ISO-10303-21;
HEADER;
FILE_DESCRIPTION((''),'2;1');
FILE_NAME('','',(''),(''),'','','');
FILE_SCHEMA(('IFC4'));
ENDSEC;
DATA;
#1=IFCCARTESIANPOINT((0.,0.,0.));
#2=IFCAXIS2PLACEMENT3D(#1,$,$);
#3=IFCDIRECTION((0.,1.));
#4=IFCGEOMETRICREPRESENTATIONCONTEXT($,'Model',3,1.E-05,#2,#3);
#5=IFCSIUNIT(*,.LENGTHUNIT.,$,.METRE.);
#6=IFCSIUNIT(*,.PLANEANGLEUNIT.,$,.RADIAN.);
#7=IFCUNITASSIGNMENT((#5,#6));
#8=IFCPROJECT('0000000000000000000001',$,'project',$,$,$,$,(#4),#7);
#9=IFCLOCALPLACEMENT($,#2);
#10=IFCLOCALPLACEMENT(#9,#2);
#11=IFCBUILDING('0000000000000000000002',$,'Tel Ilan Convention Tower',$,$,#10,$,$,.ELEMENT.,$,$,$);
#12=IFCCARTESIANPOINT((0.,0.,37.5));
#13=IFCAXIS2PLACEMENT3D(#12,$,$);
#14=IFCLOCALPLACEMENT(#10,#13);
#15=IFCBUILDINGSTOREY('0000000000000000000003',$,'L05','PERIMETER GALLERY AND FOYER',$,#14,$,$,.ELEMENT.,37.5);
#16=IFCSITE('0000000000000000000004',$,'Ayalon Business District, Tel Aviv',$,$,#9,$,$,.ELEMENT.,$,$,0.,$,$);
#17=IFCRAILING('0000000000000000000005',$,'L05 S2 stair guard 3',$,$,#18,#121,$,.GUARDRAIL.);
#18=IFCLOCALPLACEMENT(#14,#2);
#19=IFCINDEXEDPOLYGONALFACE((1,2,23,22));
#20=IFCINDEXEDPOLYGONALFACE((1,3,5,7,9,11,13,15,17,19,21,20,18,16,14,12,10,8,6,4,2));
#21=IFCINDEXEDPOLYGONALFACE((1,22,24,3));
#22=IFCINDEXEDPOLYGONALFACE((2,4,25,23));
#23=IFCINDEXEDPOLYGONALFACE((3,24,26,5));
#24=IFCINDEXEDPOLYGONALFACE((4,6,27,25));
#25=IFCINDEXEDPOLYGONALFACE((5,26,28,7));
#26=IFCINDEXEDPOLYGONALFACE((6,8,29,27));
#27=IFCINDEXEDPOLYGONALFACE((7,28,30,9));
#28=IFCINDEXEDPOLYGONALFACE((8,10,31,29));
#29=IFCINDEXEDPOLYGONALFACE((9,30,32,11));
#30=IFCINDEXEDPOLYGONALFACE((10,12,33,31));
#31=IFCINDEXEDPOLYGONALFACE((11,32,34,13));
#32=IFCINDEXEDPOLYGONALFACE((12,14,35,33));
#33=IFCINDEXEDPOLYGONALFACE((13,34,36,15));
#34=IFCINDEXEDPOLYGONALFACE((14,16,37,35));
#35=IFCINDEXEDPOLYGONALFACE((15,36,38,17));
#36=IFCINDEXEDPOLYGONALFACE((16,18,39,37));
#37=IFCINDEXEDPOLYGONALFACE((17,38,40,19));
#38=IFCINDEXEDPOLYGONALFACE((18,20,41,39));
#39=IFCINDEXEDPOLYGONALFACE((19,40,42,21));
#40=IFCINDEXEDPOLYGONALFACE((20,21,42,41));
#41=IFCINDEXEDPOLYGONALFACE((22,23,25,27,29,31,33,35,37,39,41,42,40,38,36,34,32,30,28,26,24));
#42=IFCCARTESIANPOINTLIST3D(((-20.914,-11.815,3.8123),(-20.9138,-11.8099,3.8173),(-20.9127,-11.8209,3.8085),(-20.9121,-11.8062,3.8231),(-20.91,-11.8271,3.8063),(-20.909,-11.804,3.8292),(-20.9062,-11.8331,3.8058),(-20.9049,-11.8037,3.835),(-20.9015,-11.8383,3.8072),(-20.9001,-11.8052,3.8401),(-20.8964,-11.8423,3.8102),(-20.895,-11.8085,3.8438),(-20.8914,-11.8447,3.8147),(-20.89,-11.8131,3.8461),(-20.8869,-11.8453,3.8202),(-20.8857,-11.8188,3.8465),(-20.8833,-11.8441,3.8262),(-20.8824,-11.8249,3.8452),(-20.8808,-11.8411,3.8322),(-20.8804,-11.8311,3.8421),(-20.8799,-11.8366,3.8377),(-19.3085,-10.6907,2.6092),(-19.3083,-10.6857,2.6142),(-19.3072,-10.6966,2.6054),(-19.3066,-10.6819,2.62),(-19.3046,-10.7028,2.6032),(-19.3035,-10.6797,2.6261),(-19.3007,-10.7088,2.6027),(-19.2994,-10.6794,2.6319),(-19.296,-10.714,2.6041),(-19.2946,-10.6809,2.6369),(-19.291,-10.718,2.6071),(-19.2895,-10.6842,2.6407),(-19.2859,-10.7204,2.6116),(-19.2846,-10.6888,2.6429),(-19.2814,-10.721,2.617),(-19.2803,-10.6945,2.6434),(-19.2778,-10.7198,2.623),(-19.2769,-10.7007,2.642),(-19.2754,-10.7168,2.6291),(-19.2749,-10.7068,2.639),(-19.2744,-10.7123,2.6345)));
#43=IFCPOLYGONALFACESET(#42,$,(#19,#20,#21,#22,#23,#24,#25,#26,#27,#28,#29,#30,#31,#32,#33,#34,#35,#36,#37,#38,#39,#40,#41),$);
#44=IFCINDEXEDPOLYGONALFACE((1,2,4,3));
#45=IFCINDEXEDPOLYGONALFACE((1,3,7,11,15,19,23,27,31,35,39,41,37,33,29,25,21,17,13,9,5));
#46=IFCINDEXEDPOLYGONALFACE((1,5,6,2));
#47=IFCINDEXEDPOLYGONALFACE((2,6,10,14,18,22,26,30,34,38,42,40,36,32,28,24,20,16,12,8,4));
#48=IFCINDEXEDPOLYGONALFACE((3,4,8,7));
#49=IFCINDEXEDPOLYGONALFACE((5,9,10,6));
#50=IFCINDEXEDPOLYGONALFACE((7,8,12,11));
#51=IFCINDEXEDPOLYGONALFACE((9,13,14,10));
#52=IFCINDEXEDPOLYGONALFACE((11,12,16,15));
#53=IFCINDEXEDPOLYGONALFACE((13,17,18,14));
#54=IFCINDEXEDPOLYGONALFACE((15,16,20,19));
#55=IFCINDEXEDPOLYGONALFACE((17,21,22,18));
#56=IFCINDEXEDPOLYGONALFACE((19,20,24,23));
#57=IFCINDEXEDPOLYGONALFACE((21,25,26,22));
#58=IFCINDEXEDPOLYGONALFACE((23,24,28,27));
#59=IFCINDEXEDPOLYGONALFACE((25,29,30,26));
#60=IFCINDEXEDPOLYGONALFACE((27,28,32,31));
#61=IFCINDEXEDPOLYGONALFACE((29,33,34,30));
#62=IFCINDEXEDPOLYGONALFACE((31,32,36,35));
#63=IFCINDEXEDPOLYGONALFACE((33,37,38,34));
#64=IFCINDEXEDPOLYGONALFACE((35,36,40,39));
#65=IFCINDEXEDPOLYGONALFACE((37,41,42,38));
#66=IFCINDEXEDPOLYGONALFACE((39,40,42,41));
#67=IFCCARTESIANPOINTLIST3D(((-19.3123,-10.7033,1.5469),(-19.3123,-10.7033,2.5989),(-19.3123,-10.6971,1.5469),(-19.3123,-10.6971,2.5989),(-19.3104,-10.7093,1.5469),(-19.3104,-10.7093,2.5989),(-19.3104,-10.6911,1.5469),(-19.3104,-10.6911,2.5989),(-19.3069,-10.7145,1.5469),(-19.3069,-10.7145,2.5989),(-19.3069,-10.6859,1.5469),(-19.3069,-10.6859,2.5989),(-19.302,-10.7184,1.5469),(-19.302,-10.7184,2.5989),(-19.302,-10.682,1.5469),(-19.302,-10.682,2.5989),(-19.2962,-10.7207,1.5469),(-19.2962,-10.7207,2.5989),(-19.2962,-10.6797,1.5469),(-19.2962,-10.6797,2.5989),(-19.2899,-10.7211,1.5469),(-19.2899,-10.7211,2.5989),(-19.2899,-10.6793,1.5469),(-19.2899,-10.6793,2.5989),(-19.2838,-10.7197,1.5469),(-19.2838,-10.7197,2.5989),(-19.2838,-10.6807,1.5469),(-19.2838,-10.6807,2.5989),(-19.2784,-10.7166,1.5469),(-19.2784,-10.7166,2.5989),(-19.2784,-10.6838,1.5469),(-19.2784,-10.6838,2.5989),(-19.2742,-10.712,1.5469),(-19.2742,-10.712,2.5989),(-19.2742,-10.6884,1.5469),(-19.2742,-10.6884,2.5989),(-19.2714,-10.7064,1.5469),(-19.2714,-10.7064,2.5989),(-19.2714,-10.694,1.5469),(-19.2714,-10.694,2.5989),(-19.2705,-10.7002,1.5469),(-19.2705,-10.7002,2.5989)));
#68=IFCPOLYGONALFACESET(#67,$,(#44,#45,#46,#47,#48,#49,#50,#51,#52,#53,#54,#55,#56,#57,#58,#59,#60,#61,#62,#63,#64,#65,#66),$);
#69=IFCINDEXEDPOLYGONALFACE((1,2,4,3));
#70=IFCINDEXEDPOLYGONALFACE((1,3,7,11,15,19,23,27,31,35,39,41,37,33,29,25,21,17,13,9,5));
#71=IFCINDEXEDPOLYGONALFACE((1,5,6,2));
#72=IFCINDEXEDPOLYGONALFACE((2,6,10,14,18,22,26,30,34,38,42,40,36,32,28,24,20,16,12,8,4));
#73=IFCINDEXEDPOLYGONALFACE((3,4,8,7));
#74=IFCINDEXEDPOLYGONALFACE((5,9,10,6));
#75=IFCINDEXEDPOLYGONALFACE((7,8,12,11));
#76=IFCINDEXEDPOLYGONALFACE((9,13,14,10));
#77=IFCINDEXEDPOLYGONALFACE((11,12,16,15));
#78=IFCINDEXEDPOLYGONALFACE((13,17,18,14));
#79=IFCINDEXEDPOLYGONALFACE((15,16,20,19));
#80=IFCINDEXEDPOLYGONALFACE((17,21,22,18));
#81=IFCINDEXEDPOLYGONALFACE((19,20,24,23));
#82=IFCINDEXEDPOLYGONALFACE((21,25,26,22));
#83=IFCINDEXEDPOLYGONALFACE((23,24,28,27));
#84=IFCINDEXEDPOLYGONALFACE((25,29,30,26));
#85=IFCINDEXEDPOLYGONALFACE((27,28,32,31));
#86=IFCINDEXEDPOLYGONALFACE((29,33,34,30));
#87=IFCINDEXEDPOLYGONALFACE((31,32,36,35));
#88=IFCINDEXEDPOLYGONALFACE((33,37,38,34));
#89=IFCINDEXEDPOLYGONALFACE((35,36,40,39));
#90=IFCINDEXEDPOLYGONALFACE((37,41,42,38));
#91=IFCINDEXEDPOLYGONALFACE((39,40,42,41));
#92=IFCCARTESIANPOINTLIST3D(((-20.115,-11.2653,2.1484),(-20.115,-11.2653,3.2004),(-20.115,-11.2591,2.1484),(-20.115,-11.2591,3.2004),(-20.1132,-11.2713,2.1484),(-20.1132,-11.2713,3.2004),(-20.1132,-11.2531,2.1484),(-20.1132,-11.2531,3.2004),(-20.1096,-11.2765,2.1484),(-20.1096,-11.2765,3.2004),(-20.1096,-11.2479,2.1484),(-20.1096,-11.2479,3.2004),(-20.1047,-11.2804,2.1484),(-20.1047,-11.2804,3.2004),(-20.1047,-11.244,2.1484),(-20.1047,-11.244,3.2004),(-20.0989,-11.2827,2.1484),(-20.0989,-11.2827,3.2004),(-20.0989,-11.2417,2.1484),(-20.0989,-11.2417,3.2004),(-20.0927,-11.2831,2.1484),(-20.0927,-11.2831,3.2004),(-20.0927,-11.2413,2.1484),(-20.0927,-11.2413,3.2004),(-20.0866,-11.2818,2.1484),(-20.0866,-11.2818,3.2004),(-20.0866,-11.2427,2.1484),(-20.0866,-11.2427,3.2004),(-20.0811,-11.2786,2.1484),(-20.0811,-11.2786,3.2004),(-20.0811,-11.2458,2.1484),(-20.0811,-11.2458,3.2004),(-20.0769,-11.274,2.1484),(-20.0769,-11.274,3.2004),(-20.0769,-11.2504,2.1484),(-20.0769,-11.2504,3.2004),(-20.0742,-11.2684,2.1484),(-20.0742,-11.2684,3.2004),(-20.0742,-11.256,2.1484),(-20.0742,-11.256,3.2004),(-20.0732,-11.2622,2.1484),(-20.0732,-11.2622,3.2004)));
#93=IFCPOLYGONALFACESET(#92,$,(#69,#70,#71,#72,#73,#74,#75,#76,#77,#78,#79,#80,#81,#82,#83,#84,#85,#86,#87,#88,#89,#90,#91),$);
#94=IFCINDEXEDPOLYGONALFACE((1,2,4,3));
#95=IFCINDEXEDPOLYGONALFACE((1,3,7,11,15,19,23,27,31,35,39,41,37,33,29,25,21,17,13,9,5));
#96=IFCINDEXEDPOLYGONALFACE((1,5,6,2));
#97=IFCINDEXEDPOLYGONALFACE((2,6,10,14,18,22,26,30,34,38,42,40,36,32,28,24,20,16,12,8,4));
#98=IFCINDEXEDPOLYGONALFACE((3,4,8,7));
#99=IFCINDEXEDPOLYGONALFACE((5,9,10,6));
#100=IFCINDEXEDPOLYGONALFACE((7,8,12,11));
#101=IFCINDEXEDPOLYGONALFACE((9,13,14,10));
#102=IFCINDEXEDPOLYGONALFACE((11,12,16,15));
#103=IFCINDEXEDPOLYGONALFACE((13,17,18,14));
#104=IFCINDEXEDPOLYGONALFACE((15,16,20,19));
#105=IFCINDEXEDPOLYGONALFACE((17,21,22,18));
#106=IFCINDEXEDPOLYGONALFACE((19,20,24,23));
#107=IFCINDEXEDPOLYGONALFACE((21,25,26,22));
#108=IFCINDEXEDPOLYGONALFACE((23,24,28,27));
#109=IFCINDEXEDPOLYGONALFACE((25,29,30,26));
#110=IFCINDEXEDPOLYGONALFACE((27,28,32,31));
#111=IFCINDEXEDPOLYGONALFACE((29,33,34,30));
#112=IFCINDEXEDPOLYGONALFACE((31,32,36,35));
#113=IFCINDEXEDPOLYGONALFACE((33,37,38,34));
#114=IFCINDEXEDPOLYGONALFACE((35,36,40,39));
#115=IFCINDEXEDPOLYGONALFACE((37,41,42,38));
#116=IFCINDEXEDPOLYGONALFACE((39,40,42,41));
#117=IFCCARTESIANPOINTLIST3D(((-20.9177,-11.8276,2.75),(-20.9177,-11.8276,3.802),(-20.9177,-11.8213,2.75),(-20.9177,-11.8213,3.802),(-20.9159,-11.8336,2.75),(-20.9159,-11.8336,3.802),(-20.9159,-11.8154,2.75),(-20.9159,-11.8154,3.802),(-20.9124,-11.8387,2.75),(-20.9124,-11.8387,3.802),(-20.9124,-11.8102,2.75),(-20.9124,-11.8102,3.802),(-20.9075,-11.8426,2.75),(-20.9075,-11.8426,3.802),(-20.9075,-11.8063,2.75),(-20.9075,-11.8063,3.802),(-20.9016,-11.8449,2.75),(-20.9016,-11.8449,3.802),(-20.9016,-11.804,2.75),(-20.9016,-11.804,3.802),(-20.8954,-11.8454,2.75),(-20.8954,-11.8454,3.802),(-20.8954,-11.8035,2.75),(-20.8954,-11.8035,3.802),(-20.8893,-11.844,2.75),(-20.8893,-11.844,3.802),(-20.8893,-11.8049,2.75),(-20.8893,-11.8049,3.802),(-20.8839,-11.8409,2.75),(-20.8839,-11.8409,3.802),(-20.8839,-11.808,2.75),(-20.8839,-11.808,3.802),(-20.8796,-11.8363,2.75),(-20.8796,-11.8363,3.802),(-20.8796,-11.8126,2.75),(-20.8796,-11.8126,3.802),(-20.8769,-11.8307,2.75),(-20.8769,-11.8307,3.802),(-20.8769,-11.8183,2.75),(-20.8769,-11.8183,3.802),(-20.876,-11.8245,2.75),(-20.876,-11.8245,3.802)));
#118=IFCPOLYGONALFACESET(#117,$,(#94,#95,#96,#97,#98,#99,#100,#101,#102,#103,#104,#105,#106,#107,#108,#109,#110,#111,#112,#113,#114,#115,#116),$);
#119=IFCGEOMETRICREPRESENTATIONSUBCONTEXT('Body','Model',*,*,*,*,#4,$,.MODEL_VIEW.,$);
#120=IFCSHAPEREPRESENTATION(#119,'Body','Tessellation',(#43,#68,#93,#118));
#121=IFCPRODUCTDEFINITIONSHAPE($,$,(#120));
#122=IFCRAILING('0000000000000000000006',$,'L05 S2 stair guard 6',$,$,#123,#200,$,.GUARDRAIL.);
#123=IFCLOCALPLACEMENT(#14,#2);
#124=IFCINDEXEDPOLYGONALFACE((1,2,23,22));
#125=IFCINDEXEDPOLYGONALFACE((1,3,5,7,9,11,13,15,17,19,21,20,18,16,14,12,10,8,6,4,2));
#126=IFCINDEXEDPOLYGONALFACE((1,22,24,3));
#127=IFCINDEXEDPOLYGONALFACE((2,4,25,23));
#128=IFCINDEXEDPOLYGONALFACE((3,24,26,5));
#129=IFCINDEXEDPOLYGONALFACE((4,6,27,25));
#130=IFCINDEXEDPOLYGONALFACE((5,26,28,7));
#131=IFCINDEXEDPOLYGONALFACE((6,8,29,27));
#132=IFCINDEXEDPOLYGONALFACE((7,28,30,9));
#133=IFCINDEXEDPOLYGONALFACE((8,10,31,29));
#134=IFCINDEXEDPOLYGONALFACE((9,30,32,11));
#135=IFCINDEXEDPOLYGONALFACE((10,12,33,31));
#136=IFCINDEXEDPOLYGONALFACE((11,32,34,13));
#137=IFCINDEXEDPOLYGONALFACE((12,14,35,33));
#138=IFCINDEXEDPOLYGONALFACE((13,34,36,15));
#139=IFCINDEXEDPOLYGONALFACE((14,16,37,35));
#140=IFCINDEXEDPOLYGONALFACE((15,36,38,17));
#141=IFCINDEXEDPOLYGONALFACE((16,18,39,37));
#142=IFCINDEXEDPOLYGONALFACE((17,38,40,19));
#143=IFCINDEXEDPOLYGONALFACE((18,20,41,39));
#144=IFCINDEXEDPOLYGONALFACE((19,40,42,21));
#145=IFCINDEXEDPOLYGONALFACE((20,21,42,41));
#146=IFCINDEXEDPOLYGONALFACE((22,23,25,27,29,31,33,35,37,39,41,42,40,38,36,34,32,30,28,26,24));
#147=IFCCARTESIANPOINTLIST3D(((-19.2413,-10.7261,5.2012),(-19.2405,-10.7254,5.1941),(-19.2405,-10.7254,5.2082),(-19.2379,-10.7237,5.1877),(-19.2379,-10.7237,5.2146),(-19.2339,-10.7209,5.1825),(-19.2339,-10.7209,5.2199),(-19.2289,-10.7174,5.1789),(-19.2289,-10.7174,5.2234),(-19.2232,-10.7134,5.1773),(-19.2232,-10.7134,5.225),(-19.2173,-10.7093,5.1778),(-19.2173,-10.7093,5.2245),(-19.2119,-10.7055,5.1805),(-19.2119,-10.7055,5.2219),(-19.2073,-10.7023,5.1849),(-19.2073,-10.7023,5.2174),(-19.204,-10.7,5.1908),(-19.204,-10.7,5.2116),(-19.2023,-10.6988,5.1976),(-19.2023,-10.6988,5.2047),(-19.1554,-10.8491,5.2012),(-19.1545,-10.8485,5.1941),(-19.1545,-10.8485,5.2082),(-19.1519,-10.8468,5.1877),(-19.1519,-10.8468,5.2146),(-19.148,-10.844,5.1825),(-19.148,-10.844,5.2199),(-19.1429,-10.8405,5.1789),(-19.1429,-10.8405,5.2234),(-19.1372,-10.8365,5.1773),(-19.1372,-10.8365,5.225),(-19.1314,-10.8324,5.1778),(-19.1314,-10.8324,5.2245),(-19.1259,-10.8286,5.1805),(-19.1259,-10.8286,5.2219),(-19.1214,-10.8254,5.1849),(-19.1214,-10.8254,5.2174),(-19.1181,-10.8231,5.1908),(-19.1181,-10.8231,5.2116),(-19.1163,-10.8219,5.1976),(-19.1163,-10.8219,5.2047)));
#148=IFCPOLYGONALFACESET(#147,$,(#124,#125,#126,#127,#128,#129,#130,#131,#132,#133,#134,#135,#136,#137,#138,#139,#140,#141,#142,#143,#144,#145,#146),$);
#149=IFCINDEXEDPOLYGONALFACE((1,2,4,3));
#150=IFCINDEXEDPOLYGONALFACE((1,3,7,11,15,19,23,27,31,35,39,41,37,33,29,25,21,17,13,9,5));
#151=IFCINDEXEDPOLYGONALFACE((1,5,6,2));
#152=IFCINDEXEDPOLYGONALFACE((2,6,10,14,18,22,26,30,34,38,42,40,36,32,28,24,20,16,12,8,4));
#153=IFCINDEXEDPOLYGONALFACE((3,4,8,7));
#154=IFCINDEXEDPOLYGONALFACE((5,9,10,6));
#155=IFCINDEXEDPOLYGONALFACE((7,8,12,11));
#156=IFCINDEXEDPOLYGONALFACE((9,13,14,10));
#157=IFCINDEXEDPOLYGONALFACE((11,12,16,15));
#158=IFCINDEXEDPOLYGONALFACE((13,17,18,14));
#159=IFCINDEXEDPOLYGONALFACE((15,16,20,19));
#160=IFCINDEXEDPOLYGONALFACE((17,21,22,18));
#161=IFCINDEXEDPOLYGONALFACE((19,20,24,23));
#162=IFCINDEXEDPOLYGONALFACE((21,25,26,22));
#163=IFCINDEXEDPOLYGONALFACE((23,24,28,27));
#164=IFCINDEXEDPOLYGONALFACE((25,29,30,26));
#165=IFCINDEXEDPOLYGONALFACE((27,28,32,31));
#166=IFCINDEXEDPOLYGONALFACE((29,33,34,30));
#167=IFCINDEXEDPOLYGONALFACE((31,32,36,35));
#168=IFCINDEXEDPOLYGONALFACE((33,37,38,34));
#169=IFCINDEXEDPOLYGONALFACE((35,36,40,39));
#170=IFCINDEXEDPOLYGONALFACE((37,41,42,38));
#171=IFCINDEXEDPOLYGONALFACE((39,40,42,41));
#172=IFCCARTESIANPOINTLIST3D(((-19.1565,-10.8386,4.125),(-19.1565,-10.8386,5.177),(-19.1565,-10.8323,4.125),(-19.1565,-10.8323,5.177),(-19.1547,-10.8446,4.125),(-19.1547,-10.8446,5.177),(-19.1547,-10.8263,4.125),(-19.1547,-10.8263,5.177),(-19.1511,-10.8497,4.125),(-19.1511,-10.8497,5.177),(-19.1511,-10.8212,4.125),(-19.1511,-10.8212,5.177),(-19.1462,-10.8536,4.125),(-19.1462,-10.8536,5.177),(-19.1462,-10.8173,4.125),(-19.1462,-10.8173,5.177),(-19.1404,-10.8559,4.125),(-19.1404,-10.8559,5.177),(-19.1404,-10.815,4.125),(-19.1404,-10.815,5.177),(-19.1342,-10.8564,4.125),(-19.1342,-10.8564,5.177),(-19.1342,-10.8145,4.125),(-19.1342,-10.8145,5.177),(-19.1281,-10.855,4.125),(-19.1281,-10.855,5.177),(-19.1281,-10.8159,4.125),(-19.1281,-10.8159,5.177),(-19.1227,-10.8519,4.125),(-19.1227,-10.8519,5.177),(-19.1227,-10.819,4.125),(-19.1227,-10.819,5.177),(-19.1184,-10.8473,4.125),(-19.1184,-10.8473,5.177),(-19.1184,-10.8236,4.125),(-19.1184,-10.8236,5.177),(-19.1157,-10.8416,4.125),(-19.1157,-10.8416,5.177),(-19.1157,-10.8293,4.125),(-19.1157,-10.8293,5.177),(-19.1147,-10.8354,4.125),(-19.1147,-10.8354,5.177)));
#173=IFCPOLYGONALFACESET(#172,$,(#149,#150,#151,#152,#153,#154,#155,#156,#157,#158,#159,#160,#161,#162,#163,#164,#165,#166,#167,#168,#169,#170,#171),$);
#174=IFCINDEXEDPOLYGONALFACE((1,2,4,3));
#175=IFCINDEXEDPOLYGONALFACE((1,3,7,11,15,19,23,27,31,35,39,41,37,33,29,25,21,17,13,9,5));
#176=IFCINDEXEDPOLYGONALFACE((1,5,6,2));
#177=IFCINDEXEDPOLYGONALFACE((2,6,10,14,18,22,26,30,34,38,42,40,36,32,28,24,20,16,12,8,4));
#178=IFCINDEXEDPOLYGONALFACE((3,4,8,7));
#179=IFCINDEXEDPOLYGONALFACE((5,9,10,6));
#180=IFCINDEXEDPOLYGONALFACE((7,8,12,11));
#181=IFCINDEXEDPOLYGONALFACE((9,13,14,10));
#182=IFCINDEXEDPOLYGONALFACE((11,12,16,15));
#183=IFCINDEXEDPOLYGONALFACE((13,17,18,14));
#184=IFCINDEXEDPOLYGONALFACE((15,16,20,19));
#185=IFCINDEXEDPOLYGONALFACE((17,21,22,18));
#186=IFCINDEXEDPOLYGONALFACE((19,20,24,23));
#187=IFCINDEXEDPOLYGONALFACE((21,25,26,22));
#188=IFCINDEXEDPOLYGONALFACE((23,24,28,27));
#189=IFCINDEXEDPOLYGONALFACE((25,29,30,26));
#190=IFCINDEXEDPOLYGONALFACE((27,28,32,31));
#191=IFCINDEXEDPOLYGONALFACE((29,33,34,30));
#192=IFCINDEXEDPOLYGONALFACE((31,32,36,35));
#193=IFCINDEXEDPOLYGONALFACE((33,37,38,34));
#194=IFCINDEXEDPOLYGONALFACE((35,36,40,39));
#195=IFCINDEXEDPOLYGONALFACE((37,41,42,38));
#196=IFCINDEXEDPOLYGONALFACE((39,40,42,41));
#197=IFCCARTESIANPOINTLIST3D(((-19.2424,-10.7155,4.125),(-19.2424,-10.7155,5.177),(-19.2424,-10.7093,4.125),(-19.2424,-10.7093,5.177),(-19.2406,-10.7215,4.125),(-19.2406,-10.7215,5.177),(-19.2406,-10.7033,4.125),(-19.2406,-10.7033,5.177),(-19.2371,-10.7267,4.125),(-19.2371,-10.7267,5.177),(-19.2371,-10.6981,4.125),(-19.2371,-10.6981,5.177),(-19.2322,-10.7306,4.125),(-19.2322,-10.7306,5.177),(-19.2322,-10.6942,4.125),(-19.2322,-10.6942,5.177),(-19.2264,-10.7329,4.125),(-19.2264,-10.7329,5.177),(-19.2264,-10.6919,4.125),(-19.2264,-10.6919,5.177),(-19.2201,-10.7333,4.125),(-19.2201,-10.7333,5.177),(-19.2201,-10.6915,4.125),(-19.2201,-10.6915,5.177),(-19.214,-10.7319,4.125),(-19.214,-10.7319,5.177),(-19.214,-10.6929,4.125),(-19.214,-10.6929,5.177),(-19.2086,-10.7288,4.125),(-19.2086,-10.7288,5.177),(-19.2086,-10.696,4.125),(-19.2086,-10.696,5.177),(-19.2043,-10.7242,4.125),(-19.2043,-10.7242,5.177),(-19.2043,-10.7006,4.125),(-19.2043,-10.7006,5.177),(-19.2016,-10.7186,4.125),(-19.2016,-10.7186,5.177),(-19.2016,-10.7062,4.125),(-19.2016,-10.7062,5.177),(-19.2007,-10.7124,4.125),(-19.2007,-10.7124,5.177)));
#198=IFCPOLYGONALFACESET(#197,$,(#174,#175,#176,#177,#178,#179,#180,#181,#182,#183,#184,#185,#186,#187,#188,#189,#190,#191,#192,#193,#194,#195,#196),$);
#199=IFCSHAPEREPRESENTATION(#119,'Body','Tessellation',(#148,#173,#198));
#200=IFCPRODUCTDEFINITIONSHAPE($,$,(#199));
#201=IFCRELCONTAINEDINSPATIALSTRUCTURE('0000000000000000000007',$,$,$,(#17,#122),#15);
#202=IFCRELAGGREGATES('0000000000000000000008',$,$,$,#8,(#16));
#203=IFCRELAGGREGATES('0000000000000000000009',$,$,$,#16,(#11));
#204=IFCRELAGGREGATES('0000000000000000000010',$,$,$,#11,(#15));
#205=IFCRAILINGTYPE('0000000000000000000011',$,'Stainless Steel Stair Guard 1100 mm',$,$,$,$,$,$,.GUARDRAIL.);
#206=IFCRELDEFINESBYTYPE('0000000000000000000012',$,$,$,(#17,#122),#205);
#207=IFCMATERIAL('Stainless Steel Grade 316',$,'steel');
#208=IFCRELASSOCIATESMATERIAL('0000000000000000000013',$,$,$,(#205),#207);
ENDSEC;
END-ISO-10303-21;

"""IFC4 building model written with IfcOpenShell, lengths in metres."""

from ifc_helpers import new_model, si_unit, direction, frame, origin, origin_2d, place, context, subcontext, project, spatial, circle, extrude, material, type_object, element, save


model = new_model("IFC4")

# Units and contexts
model_context = context("Model", 3, precision=1e-05, world=origin(), true_north=direction((0.0, 1.0)))
body_context = subcontext(model_context, "Body", "Model", "MODEL_VIEW")
ifc_project = project(units=[si_unit("LENGTHUNIT", "METRE"), si_unit("PLANEANGLEUNIT", "RADIAN")], contexts=[model_context])

# Site, building, storey
site_placement = place(None, origin())
site = spatial("IfcSite", under=ifc_project, at=site_placement, Name="Ayalon Business District, Tel Aviv", CompositionType="ELEMENT", RefElevation=0.0)
building_placement = place(site_placement, origin())
building = spatial("IfcBuilding", under=site, at=building_placement, Name="Tel Ilan Convention Tower", CompositionType="ELEMENT")
storey_placement = place(building_placement, frame((0.0, 0.0, 37.5)))
storey = spatial("IfcBuildingStorey", under=building, at=storey_placement, Name="L05", Description="PERIMETER GALLERY AND FOYER", CompositionType="ELEMENT", Elevation=37.5)

# Railings
ifc_material_1 = material(Name="Stainless Steel Grade 316", Category="steel")
railing_type_1 = type_object("IfcRailingType", Name="Stainless Steel Stair Guard 1100 mm", PredefinedType="GUARDRAIL", material=ifc_material_1)
railing_1_placement = place(storey_placement, frame((-19.2915, -10.7002, 1.5469)))
element("IfcRailing", 1, at=railing_1_placement, inside=storey, type_object=railing_type_1, Name="L05 S2 stair guard 3", PredefinedType="GUARDRAIL", context=body_context, shape_type="SweptSolid", body=[
    extrude(circle(Radius=0.0239, at=origin_2d()), frame((0.0, 0.0, 1.0762), z_axis=(-0.698095, -0.488857, 0.523146), x_axis=(0.573613, -0.819127, 0.0)), (0.0, 0.0, 1.0), 2.2998),
    extrude(circle(Radius=0.021, at=origin_2d()), origin(), (0.0, 0.0, 1.0), 1.052),
    extrude(circle(Radius=0.021, at=origin_2d()), frame((-0.8027, -0.562, 0.6016)), (0.0, 0.0, 1.0), 1.052),
    extrude(circle(Radius=0.021, at=origin_2d()), frame((-1.6055, -1.1243, 1.2031)), (0.0, 0.0, 1.0), 1.052),
])
railing_2_placement = place(storey_placement, frame((-19.1357, -10.8354, 4.125)))
element("IfcRailing", 2, at=railing_2_placement, inside=storey, type_object=railing_type_1, Name="L05 S2 stair guard 6", PredefinedType="GUARDRAIL", context=body_context, shape_type="SweptSolid", body=[
    extrude(circle(Radius=0.0239, at=origin_2d()), frame((0.0, 0.0, 1.0762), z_axis=(-0.572589, 0.819843, 0.0), x_axis=(-0.819843, -0.572589, 0.0)), (0.0, 0.0, 1.0), 0.1501),
    extrude(circle(Radius=0.021, at=origin_2d()), origin(), (0.0, 0.0, 1.0), 1.052),
    extrude(circle(Radius=0.021, at=origin_2d()), frame((-0.0859, 0.123, 0.0)), (0.0, 0.0, 1.0), 1.052),
])

save(model, "model.ifc")
